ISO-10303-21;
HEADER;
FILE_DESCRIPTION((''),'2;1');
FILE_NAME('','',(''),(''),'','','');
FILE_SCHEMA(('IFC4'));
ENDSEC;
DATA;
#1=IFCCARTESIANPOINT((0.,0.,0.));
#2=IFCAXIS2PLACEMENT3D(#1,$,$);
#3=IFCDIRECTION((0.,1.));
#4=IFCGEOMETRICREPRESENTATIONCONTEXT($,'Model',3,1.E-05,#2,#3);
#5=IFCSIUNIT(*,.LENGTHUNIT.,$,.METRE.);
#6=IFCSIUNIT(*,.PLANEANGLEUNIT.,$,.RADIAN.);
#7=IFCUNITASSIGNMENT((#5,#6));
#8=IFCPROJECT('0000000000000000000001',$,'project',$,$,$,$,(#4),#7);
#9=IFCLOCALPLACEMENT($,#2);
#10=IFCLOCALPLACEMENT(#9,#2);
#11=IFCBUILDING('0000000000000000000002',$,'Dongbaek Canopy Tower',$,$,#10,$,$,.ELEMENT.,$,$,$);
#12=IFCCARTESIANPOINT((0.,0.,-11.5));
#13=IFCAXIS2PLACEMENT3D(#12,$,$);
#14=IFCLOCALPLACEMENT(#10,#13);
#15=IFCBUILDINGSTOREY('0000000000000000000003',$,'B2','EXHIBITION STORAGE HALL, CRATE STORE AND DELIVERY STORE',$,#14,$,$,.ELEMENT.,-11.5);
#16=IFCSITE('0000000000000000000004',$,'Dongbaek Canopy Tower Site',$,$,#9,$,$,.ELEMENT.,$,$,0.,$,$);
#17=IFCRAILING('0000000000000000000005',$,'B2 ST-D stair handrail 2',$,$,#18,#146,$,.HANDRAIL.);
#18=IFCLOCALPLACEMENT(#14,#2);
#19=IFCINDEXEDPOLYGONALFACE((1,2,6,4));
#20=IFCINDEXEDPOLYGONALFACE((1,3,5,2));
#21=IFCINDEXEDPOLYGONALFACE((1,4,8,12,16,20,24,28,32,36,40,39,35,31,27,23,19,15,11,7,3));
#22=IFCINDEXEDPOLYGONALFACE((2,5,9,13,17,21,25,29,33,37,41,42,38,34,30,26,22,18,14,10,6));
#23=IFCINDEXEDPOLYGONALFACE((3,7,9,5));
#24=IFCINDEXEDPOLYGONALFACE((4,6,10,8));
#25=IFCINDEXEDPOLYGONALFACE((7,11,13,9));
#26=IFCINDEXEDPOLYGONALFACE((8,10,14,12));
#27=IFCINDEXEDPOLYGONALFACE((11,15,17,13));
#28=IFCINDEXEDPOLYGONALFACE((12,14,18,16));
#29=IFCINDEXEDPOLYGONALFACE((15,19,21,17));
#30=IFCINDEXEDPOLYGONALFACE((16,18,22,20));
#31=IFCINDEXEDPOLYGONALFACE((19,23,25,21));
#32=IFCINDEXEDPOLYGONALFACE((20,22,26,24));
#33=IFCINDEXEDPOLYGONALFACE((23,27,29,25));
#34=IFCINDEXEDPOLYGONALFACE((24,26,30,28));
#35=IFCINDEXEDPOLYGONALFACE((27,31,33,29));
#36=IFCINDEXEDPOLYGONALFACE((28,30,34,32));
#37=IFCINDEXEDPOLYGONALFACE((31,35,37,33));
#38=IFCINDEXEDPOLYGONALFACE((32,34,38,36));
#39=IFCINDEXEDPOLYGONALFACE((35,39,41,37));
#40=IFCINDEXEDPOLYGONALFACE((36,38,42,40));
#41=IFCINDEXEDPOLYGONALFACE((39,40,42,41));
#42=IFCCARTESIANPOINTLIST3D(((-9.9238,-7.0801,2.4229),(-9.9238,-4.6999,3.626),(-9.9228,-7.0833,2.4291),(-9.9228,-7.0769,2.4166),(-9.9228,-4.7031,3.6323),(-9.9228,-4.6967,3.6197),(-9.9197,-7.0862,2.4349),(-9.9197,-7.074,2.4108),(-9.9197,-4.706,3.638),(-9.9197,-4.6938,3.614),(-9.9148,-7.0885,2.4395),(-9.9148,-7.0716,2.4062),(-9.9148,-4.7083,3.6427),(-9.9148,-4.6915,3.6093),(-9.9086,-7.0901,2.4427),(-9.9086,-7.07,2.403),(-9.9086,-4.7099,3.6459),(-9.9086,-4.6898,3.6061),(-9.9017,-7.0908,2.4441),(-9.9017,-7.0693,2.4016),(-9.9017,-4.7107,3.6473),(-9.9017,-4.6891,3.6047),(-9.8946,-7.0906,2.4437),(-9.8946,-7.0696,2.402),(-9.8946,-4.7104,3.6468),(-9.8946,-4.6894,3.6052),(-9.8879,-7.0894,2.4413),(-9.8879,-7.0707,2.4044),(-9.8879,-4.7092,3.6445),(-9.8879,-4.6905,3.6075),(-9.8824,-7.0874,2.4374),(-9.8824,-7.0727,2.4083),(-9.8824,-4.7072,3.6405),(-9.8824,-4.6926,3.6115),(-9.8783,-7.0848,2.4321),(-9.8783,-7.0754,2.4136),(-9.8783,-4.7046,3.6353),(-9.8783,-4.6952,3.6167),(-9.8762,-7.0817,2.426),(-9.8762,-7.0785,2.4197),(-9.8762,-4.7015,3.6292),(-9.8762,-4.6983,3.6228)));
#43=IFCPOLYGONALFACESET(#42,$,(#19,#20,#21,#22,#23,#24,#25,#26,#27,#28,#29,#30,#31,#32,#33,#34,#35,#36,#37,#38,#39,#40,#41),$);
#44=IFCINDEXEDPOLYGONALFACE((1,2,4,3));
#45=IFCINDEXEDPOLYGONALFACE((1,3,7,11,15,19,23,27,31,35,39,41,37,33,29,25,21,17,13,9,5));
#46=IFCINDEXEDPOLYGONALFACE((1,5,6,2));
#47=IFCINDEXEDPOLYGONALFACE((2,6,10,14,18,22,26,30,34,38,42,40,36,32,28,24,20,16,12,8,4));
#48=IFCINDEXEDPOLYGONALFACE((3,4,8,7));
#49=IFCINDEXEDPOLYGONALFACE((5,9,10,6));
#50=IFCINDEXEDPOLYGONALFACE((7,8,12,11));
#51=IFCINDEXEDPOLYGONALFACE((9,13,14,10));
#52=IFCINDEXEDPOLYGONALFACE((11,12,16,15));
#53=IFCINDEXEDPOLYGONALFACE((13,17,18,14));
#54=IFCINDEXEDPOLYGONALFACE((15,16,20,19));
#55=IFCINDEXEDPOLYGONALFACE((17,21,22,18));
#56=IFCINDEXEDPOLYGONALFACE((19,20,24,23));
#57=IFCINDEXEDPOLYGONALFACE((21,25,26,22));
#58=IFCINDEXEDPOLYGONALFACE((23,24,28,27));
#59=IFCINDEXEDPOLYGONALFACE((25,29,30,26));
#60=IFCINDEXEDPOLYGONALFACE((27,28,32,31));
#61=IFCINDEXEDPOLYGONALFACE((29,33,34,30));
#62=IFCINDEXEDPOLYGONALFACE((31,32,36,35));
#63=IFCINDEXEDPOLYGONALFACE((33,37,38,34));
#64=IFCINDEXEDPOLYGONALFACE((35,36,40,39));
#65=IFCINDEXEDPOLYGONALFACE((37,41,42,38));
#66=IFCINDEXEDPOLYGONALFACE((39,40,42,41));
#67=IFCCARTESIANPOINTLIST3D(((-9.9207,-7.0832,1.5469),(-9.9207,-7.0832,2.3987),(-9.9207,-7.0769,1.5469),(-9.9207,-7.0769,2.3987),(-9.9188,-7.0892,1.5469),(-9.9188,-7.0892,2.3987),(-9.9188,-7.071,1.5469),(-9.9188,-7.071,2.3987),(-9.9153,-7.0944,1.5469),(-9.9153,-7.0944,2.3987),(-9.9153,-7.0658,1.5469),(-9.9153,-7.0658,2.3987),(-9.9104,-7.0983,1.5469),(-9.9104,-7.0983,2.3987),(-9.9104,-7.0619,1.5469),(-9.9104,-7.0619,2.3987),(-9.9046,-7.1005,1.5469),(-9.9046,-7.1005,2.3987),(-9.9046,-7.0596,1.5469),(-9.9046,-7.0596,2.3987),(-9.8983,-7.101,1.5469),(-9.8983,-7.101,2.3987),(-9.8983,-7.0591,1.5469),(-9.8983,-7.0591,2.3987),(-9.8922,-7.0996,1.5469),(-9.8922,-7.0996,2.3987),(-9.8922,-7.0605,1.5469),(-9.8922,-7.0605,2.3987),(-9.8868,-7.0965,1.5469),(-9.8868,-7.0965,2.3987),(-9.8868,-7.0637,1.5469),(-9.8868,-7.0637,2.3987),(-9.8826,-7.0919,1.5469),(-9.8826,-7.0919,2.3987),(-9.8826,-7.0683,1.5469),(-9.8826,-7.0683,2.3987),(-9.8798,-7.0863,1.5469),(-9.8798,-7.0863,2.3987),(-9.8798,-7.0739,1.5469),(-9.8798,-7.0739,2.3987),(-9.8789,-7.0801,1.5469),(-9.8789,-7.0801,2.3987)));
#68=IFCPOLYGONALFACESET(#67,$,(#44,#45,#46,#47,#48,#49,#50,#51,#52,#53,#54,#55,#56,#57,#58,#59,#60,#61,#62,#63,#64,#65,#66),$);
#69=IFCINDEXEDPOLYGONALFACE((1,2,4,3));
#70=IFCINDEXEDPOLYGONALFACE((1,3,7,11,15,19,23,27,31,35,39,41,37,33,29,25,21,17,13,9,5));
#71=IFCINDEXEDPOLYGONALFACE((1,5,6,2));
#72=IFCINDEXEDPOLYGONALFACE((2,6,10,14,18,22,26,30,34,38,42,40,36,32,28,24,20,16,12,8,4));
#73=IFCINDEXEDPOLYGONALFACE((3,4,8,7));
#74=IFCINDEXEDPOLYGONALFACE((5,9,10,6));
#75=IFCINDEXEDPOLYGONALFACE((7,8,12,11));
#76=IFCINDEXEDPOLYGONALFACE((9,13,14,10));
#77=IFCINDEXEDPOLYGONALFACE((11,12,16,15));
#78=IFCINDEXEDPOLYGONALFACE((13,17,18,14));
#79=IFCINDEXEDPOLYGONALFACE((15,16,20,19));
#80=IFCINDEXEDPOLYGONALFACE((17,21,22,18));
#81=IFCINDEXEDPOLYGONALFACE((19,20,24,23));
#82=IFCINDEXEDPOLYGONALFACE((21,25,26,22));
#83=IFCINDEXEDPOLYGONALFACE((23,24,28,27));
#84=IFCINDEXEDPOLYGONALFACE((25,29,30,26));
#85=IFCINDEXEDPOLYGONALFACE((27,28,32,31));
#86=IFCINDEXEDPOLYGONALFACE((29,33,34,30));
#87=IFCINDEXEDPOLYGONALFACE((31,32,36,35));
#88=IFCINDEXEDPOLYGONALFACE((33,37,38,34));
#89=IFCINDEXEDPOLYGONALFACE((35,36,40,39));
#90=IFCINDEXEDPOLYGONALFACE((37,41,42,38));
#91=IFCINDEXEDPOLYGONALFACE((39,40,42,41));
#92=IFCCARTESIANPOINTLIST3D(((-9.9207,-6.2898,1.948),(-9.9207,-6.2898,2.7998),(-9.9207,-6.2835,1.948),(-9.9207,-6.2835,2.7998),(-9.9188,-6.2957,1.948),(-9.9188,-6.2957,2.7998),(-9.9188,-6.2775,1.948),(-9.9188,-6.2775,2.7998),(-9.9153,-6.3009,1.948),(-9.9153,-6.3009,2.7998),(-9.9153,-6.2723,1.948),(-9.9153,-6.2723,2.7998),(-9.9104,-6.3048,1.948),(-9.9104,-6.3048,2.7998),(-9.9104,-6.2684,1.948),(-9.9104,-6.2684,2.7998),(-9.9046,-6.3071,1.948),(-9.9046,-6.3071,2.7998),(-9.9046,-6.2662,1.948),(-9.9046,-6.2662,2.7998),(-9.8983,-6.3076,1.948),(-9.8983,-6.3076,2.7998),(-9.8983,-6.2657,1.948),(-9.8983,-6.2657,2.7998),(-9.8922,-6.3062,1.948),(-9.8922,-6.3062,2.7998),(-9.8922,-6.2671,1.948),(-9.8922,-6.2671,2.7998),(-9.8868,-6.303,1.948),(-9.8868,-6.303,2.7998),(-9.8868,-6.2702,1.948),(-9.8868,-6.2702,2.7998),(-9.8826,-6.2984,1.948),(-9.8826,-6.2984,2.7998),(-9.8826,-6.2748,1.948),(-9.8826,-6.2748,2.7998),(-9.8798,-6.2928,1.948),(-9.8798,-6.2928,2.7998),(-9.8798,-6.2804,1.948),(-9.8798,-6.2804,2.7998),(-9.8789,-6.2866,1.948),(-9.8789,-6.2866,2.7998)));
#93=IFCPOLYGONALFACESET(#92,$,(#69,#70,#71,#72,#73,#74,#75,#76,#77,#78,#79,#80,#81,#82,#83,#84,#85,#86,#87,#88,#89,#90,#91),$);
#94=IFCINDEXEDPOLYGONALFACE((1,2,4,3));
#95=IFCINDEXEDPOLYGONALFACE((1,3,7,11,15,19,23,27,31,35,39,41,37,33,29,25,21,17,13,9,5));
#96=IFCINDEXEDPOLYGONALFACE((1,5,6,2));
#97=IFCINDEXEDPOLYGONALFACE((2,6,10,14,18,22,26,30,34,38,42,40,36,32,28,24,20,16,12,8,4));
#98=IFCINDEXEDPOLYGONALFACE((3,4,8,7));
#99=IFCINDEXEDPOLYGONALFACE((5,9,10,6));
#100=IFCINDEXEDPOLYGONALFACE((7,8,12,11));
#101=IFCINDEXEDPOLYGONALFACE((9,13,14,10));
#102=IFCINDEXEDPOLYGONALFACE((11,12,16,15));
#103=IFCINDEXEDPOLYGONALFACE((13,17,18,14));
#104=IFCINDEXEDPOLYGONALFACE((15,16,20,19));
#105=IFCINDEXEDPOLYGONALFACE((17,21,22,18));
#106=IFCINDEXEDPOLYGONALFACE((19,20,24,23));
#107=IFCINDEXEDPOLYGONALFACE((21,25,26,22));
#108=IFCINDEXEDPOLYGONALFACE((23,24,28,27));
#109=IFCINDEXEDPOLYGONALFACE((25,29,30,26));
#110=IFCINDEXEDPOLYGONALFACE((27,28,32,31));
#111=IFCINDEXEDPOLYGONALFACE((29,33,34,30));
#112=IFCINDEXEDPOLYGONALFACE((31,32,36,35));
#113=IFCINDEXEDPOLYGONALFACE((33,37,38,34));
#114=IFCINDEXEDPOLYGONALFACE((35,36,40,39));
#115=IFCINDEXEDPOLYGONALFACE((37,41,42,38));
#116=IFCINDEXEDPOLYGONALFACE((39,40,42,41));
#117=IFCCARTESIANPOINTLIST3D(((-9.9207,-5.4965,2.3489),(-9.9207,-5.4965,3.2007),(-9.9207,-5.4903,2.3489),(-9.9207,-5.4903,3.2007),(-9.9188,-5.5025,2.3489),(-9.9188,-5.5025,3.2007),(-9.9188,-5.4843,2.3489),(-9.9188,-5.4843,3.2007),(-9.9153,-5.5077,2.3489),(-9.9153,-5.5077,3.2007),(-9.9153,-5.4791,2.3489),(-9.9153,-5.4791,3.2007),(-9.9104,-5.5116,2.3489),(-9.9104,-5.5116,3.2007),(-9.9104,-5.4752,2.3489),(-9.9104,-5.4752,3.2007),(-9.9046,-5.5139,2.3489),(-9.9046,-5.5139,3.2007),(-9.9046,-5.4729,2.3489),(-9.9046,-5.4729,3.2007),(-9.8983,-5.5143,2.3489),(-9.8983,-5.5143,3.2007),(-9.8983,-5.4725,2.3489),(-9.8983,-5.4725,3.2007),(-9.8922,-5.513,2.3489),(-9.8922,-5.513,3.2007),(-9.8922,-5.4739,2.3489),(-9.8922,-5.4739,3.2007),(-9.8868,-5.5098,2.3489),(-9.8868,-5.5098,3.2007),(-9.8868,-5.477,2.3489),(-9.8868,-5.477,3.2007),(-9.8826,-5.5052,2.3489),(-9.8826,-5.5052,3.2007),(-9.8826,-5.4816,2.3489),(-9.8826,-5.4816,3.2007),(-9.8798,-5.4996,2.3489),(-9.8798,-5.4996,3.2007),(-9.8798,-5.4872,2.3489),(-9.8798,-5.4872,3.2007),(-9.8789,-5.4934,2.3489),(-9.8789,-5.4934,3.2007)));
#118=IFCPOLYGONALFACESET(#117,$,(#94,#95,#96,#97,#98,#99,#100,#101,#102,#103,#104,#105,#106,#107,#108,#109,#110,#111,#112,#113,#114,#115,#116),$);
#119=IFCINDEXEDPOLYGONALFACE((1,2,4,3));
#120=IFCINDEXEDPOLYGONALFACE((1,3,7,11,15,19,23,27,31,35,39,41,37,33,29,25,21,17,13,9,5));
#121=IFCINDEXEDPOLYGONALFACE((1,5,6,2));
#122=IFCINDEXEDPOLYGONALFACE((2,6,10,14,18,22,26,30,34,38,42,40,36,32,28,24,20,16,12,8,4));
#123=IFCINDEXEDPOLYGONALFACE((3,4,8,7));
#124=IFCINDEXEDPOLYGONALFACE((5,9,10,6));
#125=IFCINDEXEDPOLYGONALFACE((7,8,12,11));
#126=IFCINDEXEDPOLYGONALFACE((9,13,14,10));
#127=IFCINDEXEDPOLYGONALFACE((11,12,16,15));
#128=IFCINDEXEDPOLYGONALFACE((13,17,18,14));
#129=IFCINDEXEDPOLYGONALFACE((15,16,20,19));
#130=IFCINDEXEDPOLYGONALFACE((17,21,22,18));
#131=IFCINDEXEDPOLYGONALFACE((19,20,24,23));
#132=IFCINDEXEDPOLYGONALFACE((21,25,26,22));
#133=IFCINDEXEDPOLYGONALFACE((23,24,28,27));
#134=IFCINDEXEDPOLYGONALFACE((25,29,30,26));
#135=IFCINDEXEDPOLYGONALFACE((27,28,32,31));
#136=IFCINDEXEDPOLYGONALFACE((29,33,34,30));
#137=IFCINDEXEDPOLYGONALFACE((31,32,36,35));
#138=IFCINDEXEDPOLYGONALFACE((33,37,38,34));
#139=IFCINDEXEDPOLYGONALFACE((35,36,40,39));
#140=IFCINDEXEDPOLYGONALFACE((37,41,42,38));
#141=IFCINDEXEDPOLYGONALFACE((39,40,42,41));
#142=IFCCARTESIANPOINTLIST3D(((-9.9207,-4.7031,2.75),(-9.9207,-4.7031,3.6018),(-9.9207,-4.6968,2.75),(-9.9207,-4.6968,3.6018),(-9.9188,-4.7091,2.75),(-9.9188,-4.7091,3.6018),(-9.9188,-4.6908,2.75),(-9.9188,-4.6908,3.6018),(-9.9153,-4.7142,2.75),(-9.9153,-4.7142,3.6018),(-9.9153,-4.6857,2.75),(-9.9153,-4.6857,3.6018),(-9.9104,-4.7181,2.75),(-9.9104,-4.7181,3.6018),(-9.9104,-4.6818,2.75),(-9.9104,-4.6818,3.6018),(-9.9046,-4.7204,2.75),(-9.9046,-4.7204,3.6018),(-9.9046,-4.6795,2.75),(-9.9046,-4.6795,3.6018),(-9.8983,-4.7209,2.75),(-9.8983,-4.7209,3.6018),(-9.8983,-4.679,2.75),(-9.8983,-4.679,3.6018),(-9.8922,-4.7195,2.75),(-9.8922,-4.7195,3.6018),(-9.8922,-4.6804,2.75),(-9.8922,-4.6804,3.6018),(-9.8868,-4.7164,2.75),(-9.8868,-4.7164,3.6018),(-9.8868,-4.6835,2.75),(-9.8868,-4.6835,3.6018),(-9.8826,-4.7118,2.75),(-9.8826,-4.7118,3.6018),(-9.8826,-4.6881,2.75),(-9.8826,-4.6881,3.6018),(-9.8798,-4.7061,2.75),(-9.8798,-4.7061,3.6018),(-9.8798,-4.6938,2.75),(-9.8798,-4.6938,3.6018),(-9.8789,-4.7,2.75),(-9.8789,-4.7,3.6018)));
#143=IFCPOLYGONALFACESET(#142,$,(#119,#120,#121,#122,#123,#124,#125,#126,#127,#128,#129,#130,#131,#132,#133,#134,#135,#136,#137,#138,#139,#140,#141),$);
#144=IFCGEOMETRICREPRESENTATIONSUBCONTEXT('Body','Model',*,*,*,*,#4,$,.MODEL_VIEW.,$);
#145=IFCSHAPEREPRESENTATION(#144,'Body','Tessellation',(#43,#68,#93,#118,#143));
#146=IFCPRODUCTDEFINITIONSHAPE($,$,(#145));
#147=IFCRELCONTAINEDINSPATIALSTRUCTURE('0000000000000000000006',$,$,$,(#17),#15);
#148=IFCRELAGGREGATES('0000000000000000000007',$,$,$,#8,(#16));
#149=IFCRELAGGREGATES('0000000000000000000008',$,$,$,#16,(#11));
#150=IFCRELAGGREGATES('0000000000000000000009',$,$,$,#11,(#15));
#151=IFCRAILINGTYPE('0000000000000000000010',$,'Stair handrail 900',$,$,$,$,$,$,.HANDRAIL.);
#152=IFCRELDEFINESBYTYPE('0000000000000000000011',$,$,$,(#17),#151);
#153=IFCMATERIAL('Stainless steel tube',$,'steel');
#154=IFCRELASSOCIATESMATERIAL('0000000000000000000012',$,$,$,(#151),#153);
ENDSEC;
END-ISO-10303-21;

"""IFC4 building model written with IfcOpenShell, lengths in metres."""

from ifc_helpers import new_model, si_unit, direction, frame, origin, origin_2d, place, context, subcontext, project, spatial, circle, extrude, material, type_object, element, save


model = new_model("IFC4")

# Units and contexts
model_context = context("Model", 3, precision=1e-05, world=origin(), true_north=direction((0.0, 1.0)))
body_context = subcontext(model_context, "Body", "Model", "MODEL_VIEW")
ifc_project = project(units=[si_unit("LENGTHUNIT", "METRE"), si_unit("PLANEANGLEUNIT", "RADIAN")], contexts=[model_context])

# Site, building, storey
site_placement = place(None, origin())
site = spatial("IfcSite", under=ifc_project, at=site_placement, Name="Dongbaek Canopy Tower Site", CompositionType="ELEMENT", RefElevation=0.0)
building_placement = place(site_placement, origin())
building = spatial("IfcBuilding", under=site, at=building_placement, Name="Dongbaek Canopy Tower", CompositionType="ELEMENT")
storey_placement = place(building_placement, frame((0.0, 0.0, -11.5)))
storey = spatial("IfcBuildingStorey", under=building, at=storey_placement, Name="B2", Description="EXHIBITION STORAGE HALL, CRATE STORE AND DELIVERY STORE", CompositionType="ELEMENT", Elevation=-11.5)

# Railing
ifc_material_1 = material(Name="Stainless steel tube", Category="steel")
railing_type_1 = type_object("IfcRailingType", Name="Stair handrail 900", PredefinedType="HANDRAIL", material=ifc_material_1)
railing_1_placement = place(storey_placement, frame((-9.8999, -7.0801, 1.5469)))
element("IfcRailing", 1, at=railing_1_placement, inside=storey, type_object=railing_type_1, Name="B2 ST-D stair handrail 2", PredefinedType="HANDRAIL", context=body_context, shape_type="SweptSolid", body=[
    extrude(circle(Radius=0.0239, at=origin_2d()), frame((0.0, 0.0, 0.876), z_axis=(0.0, 0.89246, 0.451127), x_axis=(-1.0, 0.0, 0.0)), (0.0, 0.0, 1.0), 2.667),
    extrude(circle(Radius=0.021, at=origin_2d()), origin(), (0.0, 0.0, 1.0), 0.8518),
    extrude(circle(Radius=0.021, at=origin_2d()), frame((0.0, 0.7935, 0.4011)), (0.0, 0.0, 1.0), 0.8518),
    extrude(circle(Radius=0.021, at=origin_2d()), frame((0.0, 1.5867, 0.802)), (0.0, 0.0, 1.0), 0.8518),
    extrude(circle(Radius=0.021, at=origin_2d()), frame((0.0, 2.3801, 1.2031)), (0.0, 0.0, 1.0), 0.8518),
])

save(model, "model.ifc")
